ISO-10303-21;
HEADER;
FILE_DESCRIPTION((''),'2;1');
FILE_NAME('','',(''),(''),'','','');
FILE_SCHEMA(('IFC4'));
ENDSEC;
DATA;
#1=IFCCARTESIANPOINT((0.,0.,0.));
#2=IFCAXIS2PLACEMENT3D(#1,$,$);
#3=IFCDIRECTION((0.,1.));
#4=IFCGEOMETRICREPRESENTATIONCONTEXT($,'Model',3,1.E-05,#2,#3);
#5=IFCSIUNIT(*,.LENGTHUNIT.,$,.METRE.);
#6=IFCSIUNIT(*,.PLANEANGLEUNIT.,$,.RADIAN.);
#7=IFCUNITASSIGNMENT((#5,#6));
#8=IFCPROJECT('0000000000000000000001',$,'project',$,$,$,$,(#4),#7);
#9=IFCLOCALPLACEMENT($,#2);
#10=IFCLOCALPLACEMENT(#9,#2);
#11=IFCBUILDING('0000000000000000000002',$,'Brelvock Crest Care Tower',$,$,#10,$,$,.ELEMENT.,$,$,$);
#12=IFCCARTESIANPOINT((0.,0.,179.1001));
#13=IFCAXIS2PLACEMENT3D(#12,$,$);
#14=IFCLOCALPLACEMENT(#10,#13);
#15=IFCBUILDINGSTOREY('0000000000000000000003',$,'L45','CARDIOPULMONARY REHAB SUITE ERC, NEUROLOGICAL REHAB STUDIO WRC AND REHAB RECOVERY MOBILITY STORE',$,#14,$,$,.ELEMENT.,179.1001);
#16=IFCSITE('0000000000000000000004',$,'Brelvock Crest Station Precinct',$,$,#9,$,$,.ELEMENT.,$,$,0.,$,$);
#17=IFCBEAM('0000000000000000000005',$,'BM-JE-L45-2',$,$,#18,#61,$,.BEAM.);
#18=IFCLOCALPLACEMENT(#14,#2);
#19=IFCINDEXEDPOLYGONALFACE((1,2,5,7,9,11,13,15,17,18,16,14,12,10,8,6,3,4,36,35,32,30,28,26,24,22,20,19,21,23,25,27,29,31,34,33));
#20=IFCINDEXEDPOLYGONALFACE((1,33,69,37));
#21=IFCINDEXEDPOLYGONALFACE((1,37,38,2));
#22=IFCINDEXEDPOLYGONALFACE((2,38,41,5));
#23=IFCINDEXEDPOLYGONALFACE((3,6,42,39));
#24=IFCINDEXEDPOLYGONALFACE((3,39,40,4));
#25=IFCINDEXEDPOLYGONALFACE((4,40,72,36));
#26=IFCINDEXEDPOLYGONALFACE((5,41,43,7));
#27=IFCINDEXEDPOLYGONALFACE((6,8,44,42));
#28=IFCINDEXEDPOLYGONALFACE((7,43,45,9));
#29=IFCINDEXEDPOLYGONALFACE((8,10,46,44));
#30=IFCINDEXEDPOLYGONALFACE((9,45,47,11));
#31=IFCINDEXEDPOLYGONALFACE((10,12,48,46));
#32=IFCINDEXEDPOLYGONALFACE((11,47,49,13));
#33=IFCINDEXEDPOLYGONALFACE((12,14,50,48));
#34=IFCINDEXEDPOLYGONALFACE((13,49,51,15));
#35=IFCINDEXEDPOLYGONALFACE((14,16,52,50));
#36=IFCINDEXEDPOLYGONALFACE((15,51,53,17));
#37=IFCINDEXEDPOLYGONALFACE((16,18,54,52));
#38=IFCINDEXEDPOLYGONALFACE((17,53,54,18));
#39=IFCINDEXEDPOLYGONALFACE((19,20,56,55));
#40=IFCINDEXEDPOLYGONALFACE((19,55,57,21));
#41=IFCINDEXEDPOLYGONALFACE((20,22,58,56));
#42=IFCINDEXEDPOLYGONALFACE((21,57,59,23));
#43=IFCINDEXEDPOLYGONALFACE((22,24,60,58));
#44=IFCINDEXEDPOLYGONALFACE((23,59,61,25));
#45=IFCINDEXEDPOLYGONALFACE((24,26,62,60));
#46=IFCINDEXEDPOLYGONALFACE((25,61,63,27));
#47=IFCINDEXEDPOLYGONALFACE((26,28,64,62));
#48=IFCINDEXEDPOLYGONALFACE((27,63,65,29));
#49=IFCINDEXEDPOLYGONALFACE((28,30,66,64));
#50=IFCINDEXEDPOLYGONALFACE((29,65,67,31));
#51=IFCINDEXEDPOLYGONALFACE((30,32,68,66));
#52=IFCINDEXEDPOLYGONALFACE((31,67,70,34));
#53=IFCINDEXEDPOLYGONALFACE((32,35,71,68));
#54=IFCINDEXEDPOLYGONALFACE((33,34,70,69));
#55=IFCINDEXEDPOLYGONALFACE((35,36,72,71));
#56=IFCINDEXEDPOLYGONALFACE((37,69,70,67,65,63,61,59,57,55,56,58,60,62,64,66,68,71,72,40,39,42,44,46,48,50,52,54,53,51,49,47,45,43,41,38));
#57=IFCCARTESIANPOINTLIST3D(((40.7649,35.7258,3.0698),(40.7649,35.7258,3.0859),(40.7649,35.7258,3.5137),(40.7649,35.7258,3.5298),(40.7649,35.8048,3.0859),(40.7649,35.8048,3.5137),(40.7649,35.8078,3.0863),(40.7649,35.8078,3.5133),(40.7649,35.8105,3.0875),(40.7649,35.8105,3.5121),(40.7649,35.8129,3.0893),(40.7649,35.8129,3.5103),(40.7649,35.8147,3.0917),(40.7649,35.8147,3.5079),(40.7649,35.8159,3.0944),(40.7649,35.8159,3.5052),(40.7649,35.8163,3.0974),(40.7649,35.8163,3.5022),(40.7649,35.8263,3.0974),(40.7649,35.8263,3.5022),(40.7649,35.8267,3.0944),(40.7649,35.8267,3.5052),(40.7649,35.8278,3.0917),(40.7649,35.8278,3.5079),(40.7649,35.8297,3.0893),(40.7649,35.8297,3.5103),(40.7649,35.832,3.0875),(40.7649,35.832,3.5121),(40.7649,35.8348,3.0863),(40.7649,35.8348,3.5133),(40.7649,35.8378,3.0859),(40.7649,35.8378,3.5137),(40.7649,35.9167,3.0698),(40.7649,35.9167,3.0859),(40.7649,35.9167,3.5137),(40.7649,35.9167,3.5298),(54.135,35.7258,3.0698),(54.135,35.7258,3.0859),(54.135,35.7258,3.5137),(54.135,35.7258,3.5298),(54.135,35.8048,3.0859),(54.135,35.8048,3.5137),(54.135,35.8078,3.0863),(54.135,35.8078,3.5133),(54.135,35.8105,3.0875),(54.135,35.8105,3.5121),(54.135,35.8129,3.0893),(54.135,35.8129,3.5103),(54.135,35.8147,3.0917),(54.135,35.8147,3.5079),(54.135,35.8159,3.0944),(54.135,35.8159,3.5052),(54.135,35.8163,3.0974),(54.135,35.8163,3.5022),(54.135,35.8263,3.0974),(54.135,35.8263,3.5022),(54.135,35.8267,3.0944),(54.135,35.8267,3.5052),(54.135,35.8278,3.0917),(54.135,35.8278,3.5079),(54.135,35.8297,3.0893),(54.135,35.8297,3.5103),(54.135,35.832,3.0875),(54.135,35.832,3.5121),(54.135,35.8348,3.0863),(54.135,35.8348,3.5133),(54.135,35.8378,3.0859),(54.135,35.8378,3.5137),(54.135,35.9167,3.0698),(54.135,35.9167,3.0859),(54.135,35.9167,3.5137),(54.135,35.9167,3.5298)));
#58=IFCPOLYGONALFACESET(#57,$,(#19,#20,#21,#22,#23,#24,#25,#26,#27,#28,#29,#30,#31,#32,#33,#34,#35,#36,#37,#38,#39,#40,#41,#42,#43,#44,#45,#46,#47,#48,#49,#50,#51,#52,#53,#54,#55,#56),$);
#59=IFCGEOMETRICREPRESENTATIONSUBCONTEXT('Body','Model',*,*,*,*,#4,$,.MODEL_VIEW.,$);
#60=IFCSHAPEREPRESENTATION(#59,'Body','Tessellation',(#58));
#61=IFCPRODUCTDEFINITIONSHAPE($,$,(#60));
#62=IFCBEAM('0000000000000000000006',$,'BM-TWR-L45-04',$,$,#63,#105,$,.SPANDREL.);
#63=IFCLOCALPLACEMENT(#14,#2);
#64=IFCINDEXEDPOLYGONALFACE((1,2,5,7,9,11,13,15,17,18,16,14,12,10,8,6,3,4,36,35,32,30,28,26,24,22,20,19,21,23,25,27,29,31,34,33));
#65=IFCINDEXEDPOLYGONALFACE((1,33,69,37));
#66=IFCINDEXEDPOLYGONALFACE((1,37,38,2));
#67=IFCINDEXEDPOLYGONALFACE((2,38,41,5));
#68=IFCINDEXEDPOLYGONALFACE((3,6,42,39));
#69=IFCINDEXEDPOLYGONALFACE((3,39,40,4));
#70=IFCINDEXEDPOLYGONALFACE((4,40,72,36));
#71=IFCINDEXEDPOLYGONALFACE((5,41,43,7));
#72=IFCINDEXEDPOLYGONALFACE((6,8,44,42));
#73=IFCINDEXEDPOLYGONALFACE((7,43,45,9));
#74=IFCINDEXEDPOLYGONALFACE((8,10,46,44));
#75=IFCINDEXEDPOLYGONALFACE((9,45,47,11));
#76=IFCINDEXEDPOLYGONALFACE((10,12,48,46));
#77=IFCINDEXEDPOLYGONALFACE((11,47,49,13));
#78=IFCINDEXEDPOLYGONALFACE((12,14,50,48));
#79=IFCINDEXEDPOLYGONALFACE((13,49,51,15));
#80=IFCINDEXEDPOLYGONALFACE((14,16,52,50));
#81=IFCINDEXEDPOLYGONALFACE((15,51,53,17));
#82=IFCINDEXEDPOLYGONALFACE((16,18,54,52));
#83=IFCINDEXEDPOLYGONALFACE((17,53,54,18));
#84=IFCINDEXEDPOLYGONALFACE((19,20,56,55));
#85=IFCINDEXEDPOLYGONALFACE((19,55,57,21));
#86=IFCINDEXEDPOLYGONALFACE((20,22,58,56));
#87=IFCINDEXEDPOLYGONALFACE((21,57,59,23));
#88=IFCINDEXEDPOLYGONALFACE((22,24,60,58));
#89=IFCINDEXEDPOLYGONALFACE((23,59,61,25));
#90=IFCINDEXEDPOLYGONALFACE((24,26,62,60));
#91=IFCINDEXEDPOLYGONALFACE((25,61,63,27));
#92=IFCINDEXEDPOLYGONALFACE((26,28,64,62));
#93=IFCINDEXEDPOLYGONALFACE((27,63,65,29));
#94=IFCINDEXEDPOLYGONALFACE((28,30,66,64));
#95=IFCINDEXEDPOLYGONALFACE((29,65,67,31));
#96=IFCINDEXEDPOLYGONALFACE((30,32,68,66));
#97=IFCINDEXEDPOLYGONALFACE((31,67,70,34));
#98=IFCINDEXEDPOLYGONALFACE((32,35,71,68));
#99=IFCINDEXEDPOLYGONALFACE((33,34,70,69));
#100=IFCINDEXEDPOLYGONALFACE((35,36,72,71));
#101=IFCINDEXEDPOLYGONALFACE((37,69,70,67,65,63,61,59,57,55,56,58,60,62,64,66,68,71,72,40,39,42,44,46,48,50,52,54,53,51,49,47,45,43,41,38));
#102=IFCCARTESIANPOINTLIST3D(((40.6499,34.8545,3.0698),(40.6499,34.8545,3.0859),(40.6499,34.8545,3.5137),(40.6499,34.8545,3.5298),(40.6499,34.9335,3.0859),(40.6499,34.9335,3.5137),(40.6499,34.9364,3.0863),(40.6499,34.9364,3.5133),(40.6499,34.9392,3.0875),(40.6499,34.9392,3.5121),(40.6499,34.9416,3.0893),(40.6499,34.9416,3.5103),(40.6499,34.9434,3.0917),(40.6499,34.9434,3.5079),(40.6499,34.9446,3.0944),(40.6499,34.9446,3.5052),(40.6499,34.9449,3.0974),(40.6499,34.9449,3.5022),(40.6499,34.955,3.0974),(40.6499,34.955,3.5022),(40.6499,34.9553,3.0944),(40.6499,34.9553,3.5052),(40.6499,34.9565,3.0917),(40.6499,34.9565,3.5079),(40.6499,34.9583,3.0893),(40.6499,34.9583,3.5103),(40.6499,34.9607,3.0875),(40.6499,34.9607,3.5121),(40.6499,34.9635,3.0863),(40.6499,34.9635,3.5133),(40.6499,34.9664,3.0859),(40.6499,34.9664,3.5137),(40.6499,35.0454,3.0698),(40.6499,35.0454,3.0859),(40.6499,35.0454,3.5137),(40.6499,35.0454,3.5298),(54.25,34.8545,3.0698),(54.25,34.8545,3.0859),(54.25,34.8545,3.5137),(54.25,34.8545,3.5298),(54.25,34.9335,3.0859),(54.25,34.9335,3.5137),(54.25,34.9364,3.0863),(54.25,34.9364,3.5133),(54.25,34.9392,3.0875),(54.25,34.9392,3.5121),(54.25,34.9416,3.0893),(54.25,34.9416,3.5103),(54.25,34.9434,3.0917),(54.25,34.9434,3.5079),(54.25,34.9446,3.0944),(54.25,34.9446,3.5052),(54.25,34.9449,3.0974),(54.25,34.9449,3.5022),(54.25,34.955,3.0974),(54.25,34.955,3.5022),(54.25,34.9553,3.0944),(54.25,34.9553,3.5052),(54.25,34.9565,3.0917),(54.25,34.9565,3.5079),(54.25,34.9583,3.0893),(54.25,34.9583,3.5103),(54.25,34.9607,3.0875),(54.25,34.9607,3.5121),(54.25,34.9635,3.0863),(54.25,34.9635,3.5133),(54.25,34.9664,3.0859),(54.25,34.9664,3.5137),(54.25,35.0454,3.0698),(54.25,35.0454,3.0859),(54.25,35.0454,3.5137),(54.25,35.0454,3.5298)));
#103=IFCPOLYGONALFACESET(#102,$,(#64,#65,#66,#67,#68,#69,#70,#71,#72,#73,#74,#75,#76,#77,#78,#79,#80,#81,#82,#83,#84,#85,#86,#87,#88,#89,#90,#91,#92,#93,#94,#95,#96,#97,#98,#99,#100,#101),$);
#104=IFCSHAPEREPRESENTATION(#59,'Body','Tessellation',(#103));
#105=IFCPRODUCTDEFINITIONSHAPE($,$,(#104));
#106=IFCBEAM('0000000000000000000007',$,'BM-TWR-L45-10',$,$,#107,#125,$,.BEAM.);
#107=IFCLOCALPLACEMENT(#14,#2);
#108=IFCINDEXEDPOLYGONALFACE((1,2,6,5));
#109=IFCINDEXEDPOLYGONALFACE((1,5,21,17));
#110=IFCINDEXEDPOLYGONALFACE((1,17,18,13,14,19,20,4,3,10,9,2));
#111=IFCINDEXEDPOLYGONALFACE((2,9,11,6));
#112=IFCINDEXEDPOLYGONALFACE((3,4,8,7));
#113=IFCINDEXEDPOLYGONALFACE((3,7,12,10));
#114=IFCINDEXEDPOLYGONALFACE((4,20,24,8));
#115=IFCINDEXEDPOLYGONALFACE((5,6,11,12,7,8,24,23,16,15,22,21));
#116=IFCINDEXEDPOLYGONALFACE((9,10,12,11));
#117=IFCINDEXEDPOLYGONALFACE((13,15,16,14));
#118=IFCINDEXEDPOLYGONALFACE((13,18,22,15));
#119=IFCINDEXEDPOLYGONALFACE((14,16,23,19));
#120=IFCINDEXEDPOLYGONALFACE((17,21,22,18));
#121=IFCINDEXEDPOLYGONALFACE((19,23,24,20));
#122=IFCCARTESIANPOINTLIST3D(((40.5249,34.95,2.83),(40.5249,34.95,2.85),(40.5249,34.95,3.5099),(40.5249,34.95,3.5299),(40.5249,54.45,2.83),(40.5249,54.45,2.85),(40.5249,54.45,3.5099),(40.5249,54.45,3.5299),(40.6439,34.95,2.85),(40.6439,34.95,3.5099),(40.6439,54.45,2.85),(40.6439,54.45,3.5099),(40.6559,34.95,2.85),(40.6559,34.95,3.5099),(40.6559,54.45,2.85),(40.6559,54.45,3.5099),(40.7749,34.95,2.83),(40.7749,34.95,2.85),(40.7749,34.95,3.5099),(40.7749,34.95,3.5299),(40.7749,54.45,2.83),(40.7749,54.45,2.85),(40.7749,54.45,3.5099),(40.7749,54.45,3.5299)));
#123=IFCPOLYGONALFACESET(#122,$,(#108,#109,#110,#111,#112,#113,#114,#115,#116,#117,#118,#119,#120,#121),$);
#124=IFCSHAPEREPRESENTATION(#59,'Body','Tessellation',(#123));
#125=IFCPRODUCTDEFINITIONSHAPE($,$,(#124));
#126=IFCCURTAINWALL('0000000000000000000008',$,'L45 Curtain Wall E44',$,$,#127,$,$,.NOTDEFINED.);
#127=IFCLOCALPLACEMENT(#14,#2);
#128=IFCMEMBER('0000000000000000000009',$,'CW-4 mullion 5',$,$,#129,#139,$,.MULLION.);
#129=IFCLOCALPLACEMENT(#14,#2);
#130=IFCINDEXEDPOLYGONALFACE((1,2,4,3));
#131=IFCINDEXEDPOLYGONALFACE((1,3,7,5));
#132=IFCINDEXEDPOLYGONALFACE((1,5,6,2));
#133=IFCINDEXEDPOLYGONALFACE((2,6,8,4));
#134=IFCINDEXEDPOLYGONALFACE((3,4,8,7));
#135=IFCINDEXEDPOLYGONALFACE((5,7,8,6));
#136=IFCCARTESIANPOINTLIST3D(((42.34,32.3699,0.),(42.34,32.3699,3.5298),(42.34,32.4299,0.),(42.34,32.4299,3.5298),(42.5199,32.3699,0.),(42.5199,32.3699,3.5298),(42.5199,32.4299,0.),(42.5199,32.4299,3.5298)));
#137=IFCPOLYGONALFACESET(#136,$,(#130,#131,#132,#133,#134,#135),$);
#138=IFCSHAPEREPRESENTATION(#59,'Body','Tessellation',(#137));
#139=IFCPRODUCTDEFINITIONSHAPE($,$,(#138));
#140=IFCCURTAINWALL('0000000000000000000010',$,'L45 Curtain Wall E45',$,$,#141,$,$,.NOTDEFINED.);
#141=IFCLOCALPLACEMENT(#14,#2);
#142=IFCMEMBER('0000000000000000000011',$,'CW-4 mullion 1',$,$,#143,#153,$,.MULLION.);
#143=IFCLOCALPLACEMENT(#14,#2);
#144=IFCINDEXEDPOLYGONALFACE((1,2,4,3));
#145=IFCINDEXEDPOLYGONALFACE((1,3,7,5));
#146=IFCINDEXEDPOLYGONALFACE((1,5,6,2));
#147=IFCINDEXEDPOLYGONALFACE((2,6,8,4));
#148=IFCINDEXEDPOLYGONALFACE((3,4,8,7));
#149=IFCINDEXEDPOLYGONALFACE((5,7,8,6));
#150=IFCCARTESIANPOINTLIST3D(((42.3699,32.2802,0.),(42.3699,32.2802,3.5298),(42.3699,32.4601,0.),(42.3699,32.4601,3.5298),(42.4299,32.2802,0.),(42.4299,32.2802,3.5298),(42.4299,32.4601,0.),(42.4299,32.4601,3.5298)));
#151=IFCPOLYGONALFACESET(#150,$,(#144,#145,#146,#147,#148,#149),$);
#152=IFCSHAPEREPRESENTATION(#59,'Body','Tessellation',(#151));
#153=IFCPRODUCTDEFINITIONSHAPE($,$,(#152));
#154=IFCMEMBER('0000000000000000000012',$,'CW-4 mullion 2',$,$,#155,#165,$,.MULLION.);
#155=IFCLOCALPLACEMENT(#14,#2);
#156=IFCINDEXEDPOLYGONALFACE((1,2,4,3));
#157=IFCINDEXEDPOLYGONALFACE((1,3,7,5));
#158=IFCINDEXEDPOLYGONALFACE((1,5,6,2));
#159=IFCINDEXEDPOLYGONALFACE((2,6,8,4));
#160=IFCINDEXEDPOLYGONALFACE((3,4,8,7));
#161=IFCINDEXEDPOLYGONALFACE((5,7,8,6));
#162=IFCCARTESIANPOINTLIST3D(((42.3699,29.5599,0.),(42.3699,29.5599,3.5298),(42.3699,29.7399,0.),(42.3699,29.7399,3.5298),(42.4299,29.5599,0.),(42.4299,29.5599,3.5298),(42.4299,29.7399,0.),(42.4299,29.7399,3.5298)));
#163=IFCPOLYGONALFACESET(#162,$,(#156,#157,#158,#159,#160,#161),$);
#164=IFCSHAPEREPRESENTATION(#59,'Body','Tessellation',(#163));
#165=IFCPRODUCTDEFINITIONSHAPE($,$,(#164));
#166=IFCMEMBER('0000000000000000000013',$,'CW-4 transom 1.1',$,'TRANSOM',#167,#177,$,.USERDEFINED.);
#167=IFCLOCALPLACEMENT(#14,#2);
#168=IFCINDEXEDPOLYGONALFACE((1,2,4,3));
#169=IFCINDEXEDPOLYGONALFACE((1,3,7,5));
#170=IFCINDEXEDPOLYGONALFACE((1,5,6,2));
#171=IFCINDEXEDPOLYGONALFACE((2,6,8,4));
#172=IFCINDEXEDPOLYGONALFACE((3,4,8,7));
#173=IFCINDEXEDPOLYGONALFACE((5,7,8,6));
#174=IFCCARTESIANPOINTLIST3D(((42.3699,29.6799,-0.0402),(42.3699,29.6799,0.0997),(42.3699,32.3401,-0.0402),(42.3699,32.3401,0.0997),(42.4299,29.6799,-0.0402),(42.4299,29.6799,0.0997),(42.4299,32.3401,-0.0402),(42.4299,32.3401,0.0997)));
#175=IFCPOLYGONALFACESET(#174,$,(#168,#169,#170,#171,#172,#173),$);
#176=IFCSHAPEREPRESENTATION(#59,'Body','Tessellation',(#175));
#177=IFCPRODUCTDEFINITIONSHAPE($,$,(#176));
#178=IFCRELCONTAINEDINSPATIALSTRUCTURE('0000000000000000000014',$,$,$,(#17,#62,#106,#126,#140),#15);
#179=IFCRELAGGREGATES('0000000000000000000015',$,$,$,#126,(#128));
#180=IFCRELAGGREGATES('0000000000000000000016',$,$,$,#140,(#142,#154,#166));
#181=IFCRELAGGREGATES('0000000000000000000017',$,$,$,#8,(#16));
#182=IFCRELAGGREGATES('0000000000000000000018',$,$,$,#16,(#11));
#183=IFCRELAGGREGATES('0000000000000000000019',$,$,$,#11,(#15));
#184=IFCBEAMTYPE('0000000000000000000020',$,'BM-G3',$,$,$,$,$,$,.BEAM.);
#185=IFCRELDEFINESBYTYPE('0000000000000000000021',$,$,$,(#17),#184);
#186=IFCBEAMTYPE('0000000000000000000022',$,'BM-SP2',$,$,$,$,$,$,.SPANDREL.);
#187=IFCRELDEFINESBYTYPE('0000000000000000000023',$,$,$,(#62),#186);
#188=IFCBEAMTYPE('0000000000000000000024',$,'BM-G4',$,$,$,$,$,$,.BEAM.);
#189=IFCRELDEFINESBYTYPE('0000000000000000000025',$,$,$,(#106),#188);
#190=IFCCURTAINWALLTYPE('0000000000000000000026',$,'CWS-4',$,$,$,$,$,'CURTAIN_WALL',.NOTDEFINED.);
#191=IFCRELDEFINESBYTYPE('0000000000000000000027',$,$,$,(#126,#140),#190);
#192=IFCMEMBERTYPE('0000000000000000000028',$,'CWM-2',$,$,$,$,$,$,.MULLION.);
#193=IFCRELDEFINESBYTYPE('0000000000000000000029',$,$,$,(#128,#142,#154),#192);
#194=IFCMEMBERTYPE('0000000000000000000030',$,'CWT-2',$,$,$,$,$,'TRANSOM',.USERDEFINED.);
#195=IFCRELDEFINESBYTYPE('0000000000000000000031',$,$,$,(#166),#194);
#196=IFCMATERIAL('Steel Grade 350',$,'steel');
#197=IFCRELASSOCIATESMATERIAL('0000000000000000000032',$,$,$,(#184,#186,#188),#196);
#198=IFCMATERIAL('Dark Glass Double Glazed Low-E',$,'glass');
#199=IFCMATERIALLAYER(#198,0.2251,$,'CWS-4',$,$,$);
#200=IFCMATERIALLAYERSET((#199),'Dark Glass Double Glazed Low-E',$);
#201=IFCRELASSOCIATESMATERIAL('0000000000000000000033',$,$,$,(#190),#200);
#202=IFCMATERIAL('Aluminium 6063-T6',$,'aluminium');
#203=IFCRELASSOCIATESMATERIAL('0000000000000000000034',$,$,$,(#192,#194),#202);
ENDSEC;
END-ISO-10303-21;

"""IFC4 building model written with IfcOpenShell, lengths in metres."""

from ifc_helpers import new_model, si_unit, direction, frame, origin, origin_2d, place, context, subcontext, project, spatial, rectangle, i_section, extrude, source, transform, mapped, material, layer, layer_set, material_profile, profile_set, type_object, element, aggregate, save


model = new_model("IFC4")

# Units and contexts
model_context = context("Model", 3, precision=1e-05, world=origin(), true_north=direction((0.0, 1.0)))
body_context = subcontext(model_context, "Body", "Model", "MODEL_VIEW")
ifc_project = project(units=[si_unit("LENGTHUNIT", "METRE"), si_unit("PLANEANGLEUNIT", "RADIAN")], contexts=[model_context])

# Site, building, storey
site_placement = place(None, origin())
site = spatial("IfcSite", under=ifc_project, at=site_placement, Name="Brelvock Crest Station Precinct", CompositionType="ELEMENT", RefElevation=0.0)
building_placement = place(site_placement, origin())
building = spatial("IfcBuilding", under=site, at=building_placement, Name="Brelvock Crest Care Tower", CompositionType="ELEMENT")
storey_placement = place(building_placement, frame((0.0, 0.0, 179.1001)))
storey = spatial("IfcBuildingStorey", under=building, at=storey_placement, Name="L45", Description="CARDIOPULMONARY REHAB SUITE ERC, NEUROLOGICAL REHAB STUDIO WRC AND REHAB RECOVERY MOBILITY STORE", CompositionType="ELEMENT", Elevation=179.1001)

# Shared definitions
ifc_material_1 = material(Name="Steel Grade 350", Category="steel")

# Beams
ifc_material_profile_1 = material_profile(ifc_material_1, i_section(OverallWidth=0.1909, OverallDepth=0.46, WebThickness=0.01, FlangeThickness=0.0161, FilletRadius=0.0115, at=origin_2d()), Name="460UB82.1")
ifc_profile_set_1 = profile_set([ifc_material_profile_1], Name="Steel Grade 350")
beam_type_1 = type_object("IfcBeamType", Name="BM-G3", PredefinedType="BEAM", material=ifc_profile_set_1)
shared_shape_1 = source(origin(), body_context, "Body", "SweptSolid", [
    extrude(i_section(OverallWidth=0.1909, OverallDepth=0.46, WebThickness=0.01, FlangeThickness=0.0161, FilletRadius=0.0115, at=origin_2d()), origin(), (0.0, 0.0, 1.0), 13.3701),
])
beam_1_placement = place(storey_placement, frame((40.7649, 35.8213, 3.2998), z_axis=(1.0, 0.0, 0.0), x_axis=(0.0, 1.0, 0.0)))
element("IfcBeam", 1, at=beam_1_placement, inside=storey, type_object=beam_type_1, Name="BM-JE-L45-2", PredefinedType="BEAM", context=body_context, shape_type="MappedRepresentation", body=[
    mapped(shared_shape_1, transform((0.0, 0.0, 0.0), x_axis=(1.0, 0.0, 0.0), y_axis=(0.0, 1.0, 0.0), z_axis=(0.0, 0.0, 1.0), scale=1.0)),
])
ifc_material_profile_2 = material_profile(ifc_material_1, i_section(OverallWidth=0.1909, OverallDepth=0.46, WebThickness=0.01, FlangeThickness=0.0161, FilletRadius=0.0115, at=origin_2d()), Name="460UB82.1")
ifc_profile_set_2 = profile_set([ifc_material_profile_2], Name="Steel Grade 350")
beam_type_2 = type_object("IfcBeamType", Name="BM-SP2", PredefinedType="SPANDREL", material=ifc_profile_set_2)
shared_shape_2 = source(origin(), body_context, "Body", "SweptSolid", [
    extrude(i_section(OverallWidth=0.1909, OverallDepth=0.46, WebThickness=0.01, FlangeThickness=0.0161, FilletRadius=0.0115, at=origin_2d()), origin(), (0.0, 0.0, 1.0), 13.6001),
])
beam_2_placement = place(storey_placement, frame((40.6499, 34.95, 3.2998), z_axis=(1.0, 0.0, 0.0), x_axis=(0.0, 1.0, 0.0)))
element("IfcBeam", 2, at=beam_2_placement, inside=storey, type_object=beam_type_2, Name="BM-TWR-L45-04", PredefinedType="SPANDREL", context=body_context, shape_type="MappedRepresentation", body=[
    mapped(shared_shape_2, transform((0.0, 0.0, 0.0), x_axis=(1.0, 0.0, 0.0), y_axis=(0.0, 1.0, 0.0), z_axis=(0.0, 0.0, 1.0), scale=1.0)),
])
ifc_material_profile_3 = material_profile(ifc_material_1, i_section(OverallWidth=0.25, OverallDepth=0.7, WebThickness=0.012, FlangeThickness=0.02, at=origin_2d()), Name="700WB150")
ifc_profile_set_3 = profile_set([ifc_material_profile_3], Name="Steel Grade 350")
beam_type_3 = type_object("IfcBeamType", Name="BM-G4", PredefinedType="BEAM", material=ifc_profile_set_3)
shared_shape_3 = source(origin(), body_context, "Body", "SweptSolid", [
    extrude(i_section(OverallWidth=0.25, OverallDepth=0.7, WebThickness=0.012, FlangeThickness=0.02, at=origin_2d()), origin(), (0.0, 0.0, 1.0), 19.5),
])
beam_3_placement = place(storey_placement, frame((40.6499, 34.95, 3.1799), z_axis=(0.0, 1.0, 0.0), x_axis=(-1.0, 0.0, 0.0)))
element("IfcBeam", 3, at=beam_3_placement, inside=storey, type_object=beam_type_3, Name="BM-TWR-L45-10", PredefinedType="BEAM", context=body_context, shape_type="MappedRepresentation", body=[
    mapped(shared_shape_3, transform((0.0, 0.0, 0.0), x_axis=(1.0, 0.0, 0.0), y_axis=(0.0, 1.0, 0.0), z_axis=(0.0, 0.0, 1.0), scale=1.0)),
])

# Curtain wall, member
ifc_material_2 = material(Name="Dark Glass Double Glazed Low-E", Category="glass")
ifc_layer_1 = layer(ifc_material_2, 0.2251, Name="CWS-4")
ifc_layer_set_1 = layer_set([ifc_layer_1], Name="Dark Glass Double Glazed Low-E")
curtain_wall_type = type_object("IfcCurtainWallType", Name="CWS-4", ElementType="CURTAIN_WALL", PredefinedType="NOTDEFINED", material=ifc_layer_set_1)
curtain_wall_1_placement = place(storey_placement, origin())
curtain_wall_1 = element("IfcCurtainWall", 4, at=curtain_wall_1_placement, inside=storey, type_object=curtain_wall_type, Name="L45 Curtain Wall E44", PredefinedType="NOTDEFINED")
ifc_material_3 = material(Name="Aluminium 6063-T6", Category="aluminium")
ifc_material_profile_4 = material_profile(ifc_material_3, rectangle(XDim=0.0601, YDim=0.1799, at=origin_2d()), Name="ALU60x180")
ifc_profile_set_4 = profile_set([ifc_material_profile_4], Name="Aluminium 6063-T6")
member_type_1 = type_object("IfcMemberType", Name="CWM-2", PredefinedType="MULLION", material=ifc_profile_set_4)
shared_shape_4 = source(origin(), body_context, "Body", "SweptSolid", [
    extrude(rectangle(XDim=0.0601, YDim=0.1799, at=origin_2d()), origin(), (0.0, 0.0, 1.0), 3.5298),
])
member_1_placement = place(storey_placement, frame((42.4299, 32.3999, 0.0), z_axis=(0.0, 0.0, 1.0), x_axis=(0.0, -1.0, 0.0)))
member_1 = element("IfcMember", 5, at=member_1_placement, type_object=member_type_1, Name="CW-4 mullion 5", PredefinedType="MULLION", context=body_context, shape_type="MappedRepresentation", body=[
    mapped(shared_shape_4, transform((0.0, 0.0, 0.0), x_axis=(1.0, 0.0, 0.0), y_axis=(0.0, 1.0, 0.0), z_axis=(0.0, 0.0, 1.0), scale=1.0)),
])
aggregate(curtain_wall_1, [member_1])

# Curtain wall, members
curtain_wall_2_placement = place(storey_placement, origin())
curtain_wall_2 = element("IfcCurtainWall", 6, at=curtain_wall_2_placement, inside=storey, type_object=curtain_wall_type, Name="L45 Curtain Wall E45", PredefinedType="NOTDEFINED")
member_2_placement = place(storey_placement, frame((42.3999, 32.3701, 0.0), z_axis=(0.0, 0.0, 1.0), x_axis=(1.0, 0.0, 0.0)))
member_2 = element("IfcMember", 7, at=member_2_placement, type_object=member_type_1, Name="CW-4 mullion 1", PredefinedType="MULLION", context=body_context, shape_type="MappedRepresentation", body=[
    mapped(shared_shape_4, transform((0.0, 0.0, 0.0), x_axis=(1.0, 0.0, 0.0), y_axis=(0.0, 1.0, 0.0), z_axis=(0.0, 0.0, 1.0), scale=1.0)),
])
member_3_placement = place(storey_placement, frame((42.3999, 29.6499, 0.0), z_axis=(0.0, 0.0, 1.0), x_axis=(1.0, 0.0, 0.0)))
member_3 = element("IfcMember", 8, at=member_3_placement, type_object=member_type_1, Name="CW-4 mullion 2", PredefinedType="MULLION", context=body_context, shape_type="MappedRepresentation", body=[
    mapped(shared_shape_4, transform((0.0, 0.0, 0.0), x_axis=(1.0, 0.0, 0.0), y_axis=(0.0, 1.0, 0.0), z_axis=(0.0, 0.0, 1.0), scale=1.0)),
])
ifc_material_profile_5 = material_profile(ifc_material_3, rectangle(XDim=0.0601, YDim=0.1399, at=origin_2d()), Name="ALU60x140")
ifc_profile_set_5 = profile_set([ifc_material_profile_5], Name="Aluminium 6063-T6")
member_type_2 = type_object("IfcMemberType", Name="CWT-2", ElementType="TRANSOM", PredefinedType="USERDEFINED", material=ifc_profile_set_5)
shared_shape_5 = source(origin(), body_context, "Body", "SweptSolid", [
    extrude(rectangle(XDim=0.0601, YDim=0.1399, at=origin_2d()), origin(), (0.0, 0.0, 1.0), 2.6602),
])
member_4_placement = place(storey_placement, frame((42.3999, 32.3401, 0.0298), z_axis=(0.0, -1.0, 0.0), x_axis=(1.0, 0.0, 0.0)))
member_4 = element("IfcMember", 9, at=member_4_placement, type_object=member_type_2, Name="CW-4 transom 1.1", ObjectType="TRANSOM", PredefinedType="USERDEFINED", context=body_context, shape_type="MappedRepresentation", body=[
    mapped(shared_shape_5, transform((0.0, 0.0, 0.0), x_axis=(1.0, 0.0, 0.0), y_axis=(0.0, 1.0, 0.0), z_axis=(0.0, 0.0, 1.0), scale=1.0)),
])
aggregate(curtain_wall_2, [member_2, member_3, member_4])

save(model, "model.ifc")
